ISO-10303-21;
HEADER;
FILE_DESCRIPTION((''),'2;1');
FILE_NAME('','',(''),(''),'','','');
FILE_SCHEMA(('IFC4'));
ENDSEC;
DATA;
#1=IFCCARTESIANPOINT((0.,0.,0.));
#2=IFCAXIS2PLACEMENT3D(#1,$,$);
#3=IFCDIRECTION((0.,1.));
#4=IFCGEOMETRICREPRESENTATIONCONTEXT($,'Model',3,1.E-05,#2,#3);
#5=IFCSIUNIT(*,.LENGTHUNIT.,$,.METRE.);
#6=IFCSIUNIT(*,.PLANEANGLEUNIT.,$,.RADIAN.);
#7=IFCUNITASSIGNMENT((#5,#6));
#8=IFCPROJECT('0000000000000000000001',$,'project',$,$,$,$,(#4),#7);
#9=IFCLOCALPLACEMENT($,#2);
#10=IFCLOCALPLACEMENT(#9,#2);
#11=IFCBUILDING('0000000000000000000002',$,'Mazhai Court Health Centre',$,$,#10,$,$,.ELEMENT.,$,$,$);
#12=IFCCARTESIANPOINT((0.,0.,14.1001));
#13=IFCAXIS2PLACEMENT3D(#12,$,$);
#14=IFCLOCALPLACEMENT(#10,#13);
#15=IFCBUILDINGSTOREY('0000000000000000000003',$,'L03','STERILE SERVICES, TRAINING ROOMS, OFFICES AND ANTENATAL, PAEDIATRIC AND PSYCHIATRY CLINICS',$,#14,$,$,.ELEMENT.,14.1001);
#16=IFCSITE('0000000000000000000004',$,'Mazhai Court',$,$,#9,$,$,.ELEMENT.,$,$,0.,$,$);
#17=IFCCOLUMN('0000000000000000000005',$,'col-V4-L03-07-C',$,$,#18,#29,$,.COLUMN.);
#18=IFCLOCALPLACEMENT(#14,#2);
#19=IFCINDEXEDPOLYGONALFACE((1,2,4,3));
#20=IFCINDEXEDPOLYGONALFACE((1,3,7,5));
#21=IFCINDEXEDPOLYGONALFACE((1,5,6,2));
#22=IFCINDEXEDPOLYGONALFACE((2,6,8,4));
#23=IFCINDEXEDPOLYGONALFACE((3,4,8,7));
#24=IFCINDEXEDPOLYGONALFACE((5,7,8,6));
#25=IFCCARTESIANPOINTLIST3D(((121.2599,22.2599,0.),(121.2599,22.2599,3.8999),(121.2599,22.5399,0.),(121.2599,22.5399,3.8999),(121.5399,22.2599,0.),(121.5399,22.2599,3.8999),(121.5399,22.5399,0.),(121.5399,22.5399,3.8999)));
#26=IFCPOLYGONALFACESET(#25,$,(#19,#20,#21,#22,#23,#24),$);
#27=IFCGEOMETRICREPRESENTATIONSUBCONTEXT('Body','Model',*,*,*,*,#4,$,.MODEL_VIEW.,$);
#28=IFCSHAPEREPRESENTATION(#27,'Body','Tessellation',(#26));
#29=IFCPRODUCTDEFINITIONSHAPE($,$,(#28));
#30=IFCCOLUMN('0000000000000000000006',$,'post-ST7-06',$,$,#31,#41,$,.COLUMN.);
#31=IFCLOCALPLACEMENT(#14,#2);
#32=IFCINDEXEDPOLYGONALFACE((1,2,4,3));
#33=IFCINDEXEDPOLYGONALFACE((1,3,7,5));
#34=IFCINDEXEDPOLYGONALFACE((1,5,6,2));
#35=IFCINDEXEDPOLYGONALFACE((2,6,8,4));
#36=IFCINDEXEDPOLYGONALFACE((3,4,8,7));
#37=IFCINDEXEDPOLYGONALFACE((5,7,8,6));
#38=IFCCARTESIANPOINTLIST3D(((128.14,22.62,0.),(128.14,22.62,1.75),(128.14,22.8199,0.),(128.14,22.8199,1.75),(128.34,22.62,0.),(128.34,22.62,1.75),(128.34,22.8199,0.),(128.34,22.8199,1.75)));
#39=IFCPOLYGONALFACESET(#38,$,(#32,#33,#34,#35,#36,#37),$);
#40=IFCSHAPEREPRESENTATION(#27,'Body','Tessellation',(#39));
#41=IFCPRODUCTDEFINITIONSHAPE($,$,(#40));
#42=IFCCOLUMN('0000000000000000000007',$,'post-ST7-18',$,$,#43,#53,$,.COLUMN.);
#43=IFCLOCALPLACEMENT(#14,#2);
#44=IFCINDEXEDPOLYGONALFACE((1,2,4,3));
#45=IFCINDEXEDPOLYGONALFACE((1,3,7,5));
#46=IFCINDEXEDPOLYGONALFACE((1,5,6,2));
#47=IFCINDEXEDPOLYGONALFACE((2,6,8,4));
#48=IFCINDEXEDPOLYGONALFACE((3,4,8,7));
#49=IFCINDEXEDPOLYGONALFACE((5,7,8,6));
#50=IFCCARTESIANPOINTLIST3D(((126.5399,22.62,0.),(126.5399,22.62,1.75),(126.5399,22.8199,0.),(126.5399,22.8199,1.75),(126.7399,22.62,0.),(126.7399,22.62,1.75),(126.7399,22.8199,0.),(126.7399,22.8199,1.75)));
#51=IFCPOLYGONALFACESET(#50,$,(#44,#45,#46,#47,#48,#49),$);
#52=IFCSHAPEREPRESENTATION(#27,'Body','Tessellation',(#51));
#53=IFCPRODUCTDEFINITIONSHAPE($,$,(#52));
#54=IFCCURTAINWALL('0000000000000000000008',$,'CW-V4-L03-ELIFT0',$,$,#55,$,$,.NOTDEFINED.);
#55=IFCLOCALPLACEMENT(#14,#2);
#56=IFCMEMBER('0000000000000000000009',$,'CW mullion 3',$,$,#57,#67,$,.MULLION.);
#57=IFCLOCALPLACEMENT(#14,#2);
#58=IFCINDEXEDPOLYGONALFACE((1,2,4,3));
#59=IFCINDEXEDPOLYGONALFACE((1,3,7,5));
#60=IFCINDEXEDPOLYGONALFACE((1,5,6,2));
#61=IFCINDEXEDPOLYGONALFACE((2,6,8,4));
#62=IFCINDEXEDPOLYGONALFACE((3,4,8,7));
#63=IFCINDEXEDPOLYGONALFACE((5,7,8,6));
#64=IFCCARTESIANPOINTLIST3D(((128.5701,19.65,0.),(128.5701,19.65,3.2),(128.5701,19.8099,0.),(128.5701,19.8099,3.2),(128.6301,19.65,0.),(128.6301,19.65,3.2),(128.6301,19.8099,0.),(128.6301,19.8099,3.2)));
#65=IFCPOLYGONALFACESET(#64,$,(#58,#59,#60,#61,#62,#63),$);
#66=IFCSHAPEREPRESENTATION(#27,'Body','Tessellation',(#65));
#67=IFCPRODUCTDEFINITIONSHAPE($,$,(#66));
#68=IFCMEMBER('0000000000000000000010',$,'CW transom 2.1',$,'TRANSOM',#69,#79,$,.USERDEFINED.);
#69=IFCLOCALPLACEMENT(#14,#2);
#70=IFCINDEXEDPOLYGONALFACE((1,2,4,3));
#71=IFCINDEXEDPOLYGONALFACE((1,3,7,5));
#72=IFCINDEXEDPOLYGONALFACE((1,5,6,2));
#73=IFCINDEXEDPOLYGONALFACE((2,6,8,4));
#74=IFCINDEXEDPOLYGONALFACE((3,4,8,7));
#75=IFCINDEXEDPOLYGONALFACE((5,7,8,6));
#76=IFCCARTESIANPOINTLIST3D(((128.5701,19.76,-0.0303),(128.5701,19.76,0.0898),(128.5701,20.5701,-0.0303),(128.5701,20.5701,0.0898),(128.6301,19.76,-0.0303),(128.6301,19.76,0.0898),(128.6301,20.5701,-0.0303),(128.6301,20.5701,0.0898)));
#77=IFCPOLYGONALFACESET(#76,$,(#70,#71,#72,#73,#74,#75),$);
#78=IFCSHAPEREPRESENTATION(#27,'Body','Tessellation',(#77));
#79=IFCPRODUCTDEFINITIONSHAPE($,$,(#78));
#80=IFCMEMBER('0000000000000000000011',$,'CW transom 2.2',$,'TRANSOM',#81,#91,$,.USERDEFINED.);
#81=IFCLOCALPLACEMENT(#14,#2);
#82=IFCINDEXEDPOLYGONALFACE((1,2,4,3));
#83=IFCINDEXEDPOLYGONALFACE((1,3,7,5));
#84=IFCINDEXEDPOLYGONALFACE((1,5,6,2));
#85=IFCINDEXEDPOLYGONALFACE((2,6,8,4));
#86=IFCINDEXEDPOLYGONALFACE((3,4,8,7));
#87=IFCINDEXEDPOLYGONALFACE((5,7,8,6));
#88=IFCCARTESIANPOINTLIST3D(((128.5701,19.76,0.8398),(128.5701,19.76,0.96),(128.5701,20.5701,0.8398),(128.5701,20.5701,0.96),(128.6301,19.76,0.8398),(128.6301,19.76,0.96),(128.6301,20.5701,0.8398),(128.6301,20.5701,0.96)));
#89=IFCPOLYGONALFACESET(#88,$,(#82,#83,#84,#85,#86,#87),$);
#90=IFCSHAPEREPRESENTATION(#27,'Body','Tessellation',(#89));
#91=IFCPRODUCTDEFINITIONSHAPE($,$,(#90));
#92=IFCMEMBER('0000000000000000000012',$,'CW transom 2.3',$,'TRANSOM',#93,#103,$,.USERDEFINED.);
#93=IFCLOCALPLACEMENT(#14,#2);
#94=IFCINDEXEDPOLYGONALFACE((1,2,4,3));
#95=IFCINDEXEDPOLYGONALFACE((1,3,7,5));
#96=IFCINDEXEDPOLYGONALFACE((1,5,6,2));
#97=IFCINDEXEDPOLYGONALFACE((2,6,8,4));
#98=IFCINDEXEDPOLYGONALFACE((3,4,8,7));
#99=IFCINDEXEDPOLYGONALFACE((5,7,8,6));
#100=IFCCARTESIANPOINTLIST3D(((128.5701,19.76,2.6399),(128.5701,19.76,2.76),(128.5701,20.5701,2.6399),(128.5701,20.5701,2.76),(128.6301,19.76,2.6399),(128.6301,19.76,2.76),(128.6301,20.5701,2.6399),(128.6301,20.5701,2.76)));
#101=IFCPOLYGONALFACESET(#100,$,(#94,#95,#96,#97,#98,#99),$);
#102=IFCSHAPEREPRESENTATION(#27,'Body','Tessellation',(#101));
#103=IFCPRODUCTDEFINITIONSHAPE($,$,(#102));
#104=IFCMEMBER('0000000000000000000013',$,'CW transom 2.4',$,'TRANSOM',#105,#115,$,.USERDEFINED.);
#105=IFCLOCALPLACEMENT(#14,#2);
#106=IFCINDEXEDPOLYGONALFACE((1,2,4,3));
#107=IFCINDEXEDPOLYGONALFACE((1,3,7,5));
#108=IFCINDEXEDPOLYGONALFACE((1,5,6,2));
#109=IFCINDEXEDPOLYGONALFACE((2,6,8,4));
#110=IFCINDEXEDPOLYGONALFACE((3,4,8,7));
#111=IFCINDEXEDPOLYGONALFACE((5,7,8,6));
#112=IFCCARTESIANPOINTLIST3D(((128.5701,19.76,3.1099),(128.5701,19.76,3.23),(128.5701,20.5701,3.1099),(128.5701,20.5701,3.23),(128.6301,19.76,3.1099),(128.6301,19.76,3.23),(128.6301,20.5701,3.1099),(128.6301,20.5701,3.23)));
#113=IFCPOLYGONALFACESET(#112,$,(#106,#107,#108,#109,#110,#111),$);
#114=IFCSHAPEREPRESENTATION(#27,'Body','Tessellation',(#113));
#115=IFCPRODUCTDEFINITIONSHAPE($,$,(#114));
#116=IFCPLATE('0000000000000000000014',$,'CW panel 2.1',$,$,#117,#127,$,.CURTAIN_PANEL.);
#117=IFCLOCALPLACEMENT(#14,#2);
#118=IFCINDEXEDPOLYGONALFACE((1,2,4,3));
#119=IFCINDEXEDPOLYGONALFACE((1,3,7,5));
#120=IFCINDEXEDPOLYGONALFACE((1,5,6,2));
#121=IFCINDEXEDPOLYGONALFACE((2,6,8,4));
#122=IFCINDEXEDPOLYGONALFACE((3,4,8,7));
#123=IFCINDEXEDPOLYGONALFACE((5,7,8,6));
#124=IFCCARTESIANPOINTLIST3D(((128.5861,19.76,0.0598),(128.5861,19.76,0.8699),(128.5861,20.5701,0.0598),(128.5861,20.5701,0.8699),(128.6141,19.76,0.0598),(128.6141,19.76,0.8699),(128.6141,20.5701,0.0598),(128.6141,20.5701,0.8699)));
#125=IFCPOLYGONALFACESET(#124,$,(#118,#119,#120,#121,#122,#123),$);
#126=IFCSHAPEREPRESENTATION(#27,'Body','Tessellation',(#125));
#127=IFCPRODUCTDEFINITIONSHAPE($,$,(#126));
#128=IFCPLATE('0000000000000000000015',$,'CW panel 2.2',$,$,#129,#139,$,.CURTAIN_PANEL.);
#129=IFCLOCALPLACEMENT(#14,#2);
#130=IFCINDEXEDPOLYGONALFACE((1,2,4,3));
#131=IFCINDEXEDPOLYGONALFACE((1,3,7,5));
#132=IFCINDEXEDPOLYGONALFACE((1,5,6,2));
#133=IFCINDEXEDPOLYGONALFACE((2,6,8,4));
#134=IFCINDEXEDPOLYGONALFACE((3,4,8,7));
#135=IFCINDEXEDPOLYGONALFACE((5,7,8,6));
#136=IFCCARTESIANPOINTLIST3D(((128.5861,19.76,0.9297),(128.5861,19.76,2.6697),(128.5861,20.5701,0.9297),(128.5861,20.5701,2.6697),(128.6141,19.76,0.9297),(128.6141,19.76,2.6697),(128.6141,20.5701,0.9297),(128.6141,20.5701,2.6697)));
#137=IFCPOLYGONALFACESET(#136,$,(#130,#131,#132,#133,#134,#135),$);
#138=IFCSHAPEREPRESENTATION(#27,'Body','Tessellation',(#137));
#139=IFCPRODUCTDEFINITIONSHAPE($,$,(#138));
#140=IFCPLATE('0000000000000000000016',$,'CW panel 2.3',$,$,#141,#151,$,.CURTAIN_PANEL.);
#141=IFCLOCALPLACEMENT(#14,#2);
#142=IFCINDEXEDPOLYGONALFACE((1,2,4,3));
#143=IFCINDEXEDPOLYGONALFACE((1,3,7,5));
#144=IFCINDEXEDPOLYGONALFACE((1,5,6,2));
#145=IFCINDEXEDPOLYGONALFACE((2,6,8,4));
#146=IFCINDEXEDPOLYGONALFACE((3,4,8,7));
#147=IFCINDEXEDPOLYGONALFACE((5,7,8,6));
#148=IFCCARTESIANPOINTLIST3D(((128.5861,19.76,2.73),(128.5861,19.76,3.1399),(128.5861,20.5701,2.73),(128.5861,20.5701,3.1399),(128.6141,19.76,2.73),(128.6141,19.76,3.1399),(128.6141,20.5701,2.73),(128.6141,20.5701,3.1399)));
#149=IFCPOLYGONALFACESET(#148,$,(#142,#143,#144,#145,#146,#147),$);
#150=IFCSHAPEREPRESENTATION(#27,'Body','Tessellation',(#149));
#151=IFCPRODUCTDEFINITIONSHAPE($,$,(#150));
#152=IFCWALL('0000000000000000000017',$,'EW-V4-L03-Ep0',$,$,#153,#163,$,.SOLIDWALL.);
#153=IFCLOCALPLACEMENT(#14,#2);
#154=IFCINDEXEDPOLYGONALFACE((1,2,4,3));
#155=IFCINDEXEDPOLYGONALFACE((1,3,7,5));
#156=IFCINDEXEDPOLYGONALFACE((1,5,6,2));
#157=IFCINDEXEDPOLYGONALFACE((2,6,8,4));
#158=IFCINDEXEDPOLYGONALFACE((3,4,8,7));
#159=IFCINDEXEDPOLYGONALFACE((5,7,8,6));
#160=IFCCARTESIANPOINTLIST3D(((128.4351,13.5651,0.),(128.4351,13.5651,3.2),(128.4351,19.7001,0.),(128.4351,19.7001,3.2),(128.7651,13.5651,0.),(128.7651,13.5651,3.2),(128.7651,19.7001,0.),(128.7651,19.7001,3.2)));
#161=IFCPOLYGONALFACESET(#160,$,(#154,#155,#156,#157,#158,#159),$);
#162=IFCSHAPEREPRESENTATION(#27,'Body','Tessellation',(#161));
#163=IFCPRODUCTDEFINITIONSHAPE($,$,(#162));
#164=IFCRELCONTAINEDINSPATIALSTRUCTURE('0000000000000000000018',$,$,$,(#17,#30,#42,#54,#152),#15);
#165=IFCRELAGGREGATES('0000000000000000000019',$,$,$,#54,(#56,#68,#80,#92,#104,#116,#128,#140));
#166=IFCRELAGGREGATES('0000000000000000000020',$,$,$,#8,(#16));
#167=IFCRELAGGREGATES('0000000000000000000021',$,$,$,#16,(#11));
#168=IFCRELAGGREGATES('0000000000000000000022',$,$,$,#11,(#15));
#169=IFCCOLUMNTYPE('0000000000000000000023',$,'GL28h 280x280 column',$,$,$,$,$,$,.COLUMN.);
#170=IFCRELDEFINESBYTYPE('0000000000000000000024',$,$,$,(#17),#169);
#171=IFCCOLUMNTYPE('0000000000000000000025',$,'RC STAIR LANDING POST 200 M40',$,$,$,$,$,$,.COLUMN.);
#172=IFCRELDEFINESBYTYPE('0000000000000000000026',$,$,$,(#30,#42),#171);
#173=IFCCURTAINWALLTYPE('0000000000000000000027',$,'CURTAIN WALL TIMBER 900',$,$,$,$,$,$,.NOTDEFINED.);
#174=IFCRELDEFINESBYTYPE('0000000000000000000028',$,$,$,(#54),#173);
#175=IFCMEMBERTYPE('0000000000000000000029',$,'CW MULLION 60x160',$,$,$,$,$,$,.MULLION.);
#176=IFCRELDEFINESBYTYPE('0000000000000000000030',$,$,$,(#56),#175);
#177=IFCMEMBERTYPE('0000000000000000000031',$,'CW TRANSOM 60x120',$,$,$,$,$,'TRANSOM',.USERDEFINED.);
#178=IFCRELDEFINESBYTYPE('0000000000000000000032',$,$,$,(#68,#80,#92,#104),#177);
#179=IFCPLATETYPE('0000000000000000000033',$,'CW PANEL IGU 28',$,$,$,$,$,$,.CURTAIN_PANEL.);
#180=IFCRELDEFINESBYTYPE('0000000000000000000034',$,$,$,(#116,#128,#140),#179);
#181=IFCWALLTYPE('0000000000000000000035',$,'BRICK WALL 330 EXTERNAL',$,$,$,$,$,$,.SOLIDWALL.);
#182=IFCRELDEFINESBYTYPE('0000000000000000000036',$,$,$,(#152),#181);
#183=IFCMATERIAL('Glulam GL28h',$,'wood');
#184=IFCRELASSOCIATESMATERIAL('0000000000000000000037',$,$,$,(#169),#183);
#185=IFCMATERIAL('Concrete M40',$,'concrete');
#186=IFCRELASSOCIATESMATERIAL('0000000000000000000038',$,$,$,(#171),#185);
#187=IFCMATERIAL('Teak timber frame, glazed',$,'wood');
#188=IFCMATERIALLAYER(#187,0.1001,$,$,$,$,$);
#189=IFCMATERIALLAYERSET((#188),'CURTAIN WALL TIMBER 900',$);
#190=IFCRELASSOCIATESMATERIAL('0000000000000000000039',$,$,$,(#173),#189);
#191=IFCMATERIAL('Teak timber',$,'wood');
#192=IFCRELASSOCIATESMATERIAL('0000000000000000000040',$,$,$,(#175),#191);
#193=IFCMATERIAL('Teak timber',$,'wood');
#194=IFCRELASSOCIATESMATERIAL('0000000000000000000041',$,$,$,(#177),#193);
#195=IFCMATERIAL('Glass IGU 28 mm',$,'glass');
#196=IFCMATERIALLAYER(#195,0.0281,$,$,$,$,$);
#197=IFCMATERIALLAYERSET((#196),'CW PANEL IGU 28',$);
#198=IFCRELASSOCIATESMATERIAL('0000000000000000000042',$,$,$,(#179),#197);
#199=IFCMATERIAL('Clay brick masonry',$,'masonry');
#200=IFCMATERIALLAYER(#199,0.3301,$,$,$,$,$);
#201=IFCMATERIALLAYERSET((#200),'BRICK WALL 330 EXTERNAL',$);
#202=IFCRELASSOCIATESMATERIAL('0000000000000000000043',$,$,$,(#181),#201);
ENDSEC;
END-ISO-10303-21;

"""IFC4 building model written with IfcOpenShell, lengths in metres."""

from ifc_helpers import new_model, si_unit, direction, frame, frame_2d, origin, origin_2d, place, context, subcontext, project, spatial, rectangle, extrude, material, layer, layer_set, material_profile, profile_set, type_object, element, aggregate, save


model = new_model("IFC4")

# Units and contexts
model_context = context("Model", 3, precision=1e-05, world=origin(), true_north=direction((0.0, 1.0)))
body_context = subcontext(model_context, "Body", "Model", "MODEL_VIEW")
ifc_project = project(units=[si_unit("LENGTHUNIT", "METRE"), si_unit("PLANEANGLEUNIT", "RADIAN")], contexts=[model_context])

# Site, building, storey
site_placement = place(None, origin())
site = spatial("IfcSite", under=ifc_project, at=site_placement, Name="Mazhai Court", CompositionType="ELEMENT", RefElevation=0.0)
building_placement = place(site_placement, origin())
building = spatial("IfcBuilding", under=site, at=building_placement, Name="Mazhai Court Health Centre", CompositionType="ELEMENT")
storey_placement = place(building_placement, frame((0.0, 0.0, 14.1001)))
storey = spatial("IfcBuildingStorey", under=building, at=storey_placement, Name="L03", Description="STERILE SERVICES, TRAINING ROOMS, OFFICES AND ANTENATAL, PAEDIATRIC AND PSYCHIATRY CLINICS", CompositionType="ELEMENT", Elevation=14.1001)

# Columns
ifc_material_1 = material(Name="Glulam GL28h", Category="wood")
ifc_material_profile_1 = material_profile(ifc_material_1, rectangle(XDim=0.28, YDim=0.28, at=origin_2d()), Name="GL28h 280x280")
ifc_profile_set_1 = profile_set([ifc_material_profile_1], Name="Glulam GL28h")
column_type_1 = type_object("IfcColumnType", Name="GL28h 280x280 column", PredefinedType="COLUMN", material=ifc_profile_set_1)
column_placement = place(storey_placement, frame((121.3999, 22.3999, 0.0), z_axis=(0.0, 0.0, 1.0), x_axis=(1.0, 0.0, 0.0)))
element("IfcColumn", 1, at=column_placement, inside=storey, type_object=column_type_1, Name="col-V4-L03-07-C", PredefinedType="COLUMN", context=body_context, shape_type="SweptSolid", body=[
    extrude(rectangle(XDim=0.28, YDim=0.28, at=origin_2d()), origin(), (0.0, 0.0, 1.0), 3.8999),
])
ifc_material_2 = material(Name="Concrete M40", Category="concrete")
ifc_material_profile_2 = material_profile(ifc_material_2, rectangle(XDim=0.2, YDim=0.2, at=origin_2d()), Name="RC 200x200")
ifc_profile_set_2 = profile_set([ifc_material_profile_2], Name="Concrete M40")
column_type_2 = type_object("IfcColumnType", Name="RC STAIR LANDING POST 200 M40", PredefinedType="COLUMN", material=ifc_profile_set_2)
for number, where, z_axis, x_axis, name in (
    (2, (128.24, 22.72, 0.0), (0.0, 0.0, 1.0), (1.0, 0.0, 0.0), "post-ST7-06"),
    (3, (126.6399, 22.72, 0.0), (0.0, 0.0, 1.0), (1.0, 0.0, 0.0), "post-ST7-18"),
):
    element("IfcColumn", number, at=place(storey_placement, frame(where, z_axis=z_axis, x_axis=x_axis)), inside=storey, type_object=column_type_2, Name=name, PredefinedType="COLUMN", context=body_context, shape_type="SweptSolid", body=[
        extrude(rectangle(XDim=0.2, YDim=0.2, at=origin_2d()), origin(), (0.0, 0.0, 1.0), 1.75),
    ])

# Curtain wall, members, plates
ifc_material_3 = material(Name="Teak timber frame, glazed", Category="wood")
ifc_layer_1 = layer(ifc_material_3, 0.1001)
ifc_layer_set_1 = layer_set([ifc_layer_1], Name="CURTAIN WALL TIMBER 900")
curtain_wall_type = type_object("IfcCurtainWallType", Name="CURTAIN WALL TIMBER 900", PredefinedType="NOTDEFINED", material=ifc_layer_set_1)
curtain_wall_placement = place(storey_placement, origin())
curtain_wall = element("IfcCurtainWall", 4, at=curtain_wall_placement, inside=storey, type_object=curtain_wall_type, Name="CW-V4-L03-ELIFT0", PredefinedType="NOTDEFINED")
ifc_material_4 = material(Name="Teak timber", Category="wood")
ifc_material_profile_3 = material_profile(ifc_material_4, rectangle(XDim=0.0601, YDim=0.1599, at=origin_2d()), Name="CW MULLION 60x160")
ifc_profile_set_3 = profile_set([ifc_material_profile_3], Name="Teak timber")
member_type_1 = type_object("IfcMemberType", Name="CW MULLION 60x160", PredefinedType="MULLION", material=ifc_profile_set_3)
member_1_placement = place(storey_placement, frame((128.6001, 19.73, 0.0), z_axis=(0.0, 0.0, 1.0), x_axis=(1.0, 0.0, 0.0)))
member_1 = element("IfcMember", 5, at=member_1_placement, type_object=member_type_1, Name="CW mullion 3", PredefinedType="MULLION", context=body_context, shape_type="SweptSolid", body=[
    extrude(rectangle(XDim=0.0601, YDim=0.1599, at=origin_2d()), origin(), (0.0, 0.0, 1.0), 3.2),
])
ifc_material_5 = material(Name="Teak timber", Category="wood")
ifc_material_profile_4 = material_profile(ifc_material_5, rectangle(XDim=0.0601, YDim=0.1201, at=origin_2d()), Name="CW TRANSOM 60x120")
ifc_profile_set_4 = profile_set([ifc_material_profile_4], Name="Teak timber")
member_type_2 = type_object("IfcMemberType", Name="CW TRANSOM 60x120", ElementType="TRANSOM", PredefinedType="USERDEFINED", material=ifc_profile_set_4)
member_2_placement = place(storey_placement, frame((128.6001, 20.5701, 0.0298), z_axis=(0.0, -1.0, 0.0), x_axis=(1.0, 0.0, 0.0)))
member_2 = element("IfcMember", 6, at=member_2_placement, type_object=member_type_2, Name="CW transom 2.1", ObjectType="TRANSOM", PredefinedType="USERDEFINED", context=body_context, shape_type="SweptSolid", body=[
    extrude(rectangle(XDim=0.0601, YDim=0.1201, at=origin_2d()), origin(), (0.0, 0.0, 1.0), 0.8101),
])
member_3_placement = place(storey_placement, frame((128.6001, 20.5701, 0.8999), z_axis=(0.0, -1.0, 0.0), x_axis=(1.0, 0.0, 0.0)))
member_3 = element("IfcMember", 7, at=member_3_placement, type_object=member_type_2, Name="CW transom 2.2", ObjectType="TRANSOM", PredefinedType="USERDEFINED", context=body_context, shape_type="SweptSolid", body=[
    extrude(rectangle(XDim=0.0601, YDim=0.1201, at=origin_2d()), origin(), (0.0, 0.0, 1.0), 0.8101),
])
member_4_placement = place(storey_placement, frame((128.6001, 20.5701, 2.7), z_axis=(0.0, -1.0, 0.0), x_axis=(1.0, 0.0, 0.0)))
member_4 = element("IfcMember", 8, at=member_4_placement, type_object=member_type_2, Name="CW transom 2.3", ObjectType="TRANSOM", PredefinedType="USERDEFINED", context=body_context, shape_type="SweptSolid", body=[
    extrude(rectangle(XDim=0.0601, YDim=0.1201, at=origin_2d()), origin(), (0.0, 0.0, 1.0), 0.8101),
])
member_5_placement = place(storey_placement, frame((128.6001, 20.5701, 3.1699), z_axis=(0.0, -1.0, 0.0), x_axis=(1.0, 0.0, 0.0)))
member_5 = element("IfcMember", 9, at=member_5_placement, type_object=member_type_2, Name="CW transom 2.4", ObjectType="TRANSOM", PredefinedType="USERDEFINED", context=body_context, shape_type="SweptSolid", body=[
    extrude(rectangle(XDim=0.0601, YDim=0.1201, at=origin_2d()), origin(), (0.0, 0.0, 1.0), 0.8101),
])
ifc_material_6 = material(Name="Glass IGU 28 mm", Category="glass")
ifc_layer_2 = layer(ifc_material_6, 0.0281)
ifc_layer_set_2 = layer_set([ifc_layer_2], Name="CW PANEL IGU 28")
plate_type = type_object("IfcPlateType", Name="CW PANEL IGU 28", PredefinedType="CURTAIN_PANEL", material=ifc_layer_set_2)
plate_1_placement = place(storey_placement, frame((128.6001, 20.165, 0.0598), z_axis=(0.0, 0.0, 1.0), x_axis=(0.0, -1.0, 0.0)))
plate_1 = element("IfcPlate", 10, at=plate_1_placement, type_object=plate_type, Name="CW panel 2.1", PredefinedType="CURTAIN_PANEL", context=body_context, shape_type="SweptSolid", body=[
    extrude(rectangle(XDim=0.8101, YDim=0.0281, at=origin_2d()), origin(), (0.0, 0.0, 1.0), 0.8101),
])
plate_2_placement = place(storey_placement, frame((128.6001, 20.165, 0.9297), z_axis=(0.0, 0.0, 1.0), x_axis=(0.0, -1.0, 0.0)))
plate_2 = element("IfcPlate", 11, at=plate_2_placement, type_object=plate_type, Name="CW panel 2.2", PredefinedType="CURTAIN_PANEL", context=body_context, shape_type="SweptSolid", body=[
    extrude(rectangle(XDim=0.8101, YDim=0.0281, at=origin_2d()), origin(), (0.0, 0.0, 1.0), 1.74),
])
plate_3_placement = place(storey_placement, frame((128.6001, 20.165, 2.73), z_axis=(0.0, 0.0, 1.0), x_axis=(0.0, -1.0, 0.0)))
plate_3 = element("IfcPlate", 12, at=plate_3_placement, type_object=plate_type, Name="CW panel 2.3", PredefinedType="CURTAIN_PANEL", context=body_context, shape_type="SweptSolid", body=[
    extrude(rectangle(XDim=0.8101, YDim=0.0281, at=origin_2d()), origin(), (0.0, 0.0, 1.0), 0.4099),
])
aggregate(curtain_wall, [member_1, member_2, member_3, member_4, member_5, plate_1, plate_2, plate_3])

# Wall
ifc_material_7 = material(Name="Clay brick masonry", Category="masonry")
ifc_layer_3 = layer(ifc_material_7, 0.3301)
ifc_layer_set_3 = layer_set([ifc_layer_3], Name="BRICK WALL 330 EXTERNAL")
wall_type_1 = type_object("IfcWallType", Name="BRICK WALL 330 EXTERNAL", PredefinedType="SOLIDWALL", material=ifc_layer_set_3)
wall_1_placement = place(storey_placement, frame((128.6001, 19.7, 0.0), z_axis=(0.0, 0.0, 1.0), x_axis=(0.0, -1.0, 0.0)))
element("IfcWall", 13, at=wall_1_placement, inside=storey, type_object=wall_type_1, Name="EW-V4-L03-Ep0", PredefinedType="SOLIDWALL", context=body_context, shape_type="SweptSolid", body=[
    extrude(rectangle(XDim=6.135, YDim=0.3301, at=frame_2d((3.0674, 0.0))), origin(), (0.0, 0.0, 1.0), 3.2),
])

save(model, "model.ifc")
